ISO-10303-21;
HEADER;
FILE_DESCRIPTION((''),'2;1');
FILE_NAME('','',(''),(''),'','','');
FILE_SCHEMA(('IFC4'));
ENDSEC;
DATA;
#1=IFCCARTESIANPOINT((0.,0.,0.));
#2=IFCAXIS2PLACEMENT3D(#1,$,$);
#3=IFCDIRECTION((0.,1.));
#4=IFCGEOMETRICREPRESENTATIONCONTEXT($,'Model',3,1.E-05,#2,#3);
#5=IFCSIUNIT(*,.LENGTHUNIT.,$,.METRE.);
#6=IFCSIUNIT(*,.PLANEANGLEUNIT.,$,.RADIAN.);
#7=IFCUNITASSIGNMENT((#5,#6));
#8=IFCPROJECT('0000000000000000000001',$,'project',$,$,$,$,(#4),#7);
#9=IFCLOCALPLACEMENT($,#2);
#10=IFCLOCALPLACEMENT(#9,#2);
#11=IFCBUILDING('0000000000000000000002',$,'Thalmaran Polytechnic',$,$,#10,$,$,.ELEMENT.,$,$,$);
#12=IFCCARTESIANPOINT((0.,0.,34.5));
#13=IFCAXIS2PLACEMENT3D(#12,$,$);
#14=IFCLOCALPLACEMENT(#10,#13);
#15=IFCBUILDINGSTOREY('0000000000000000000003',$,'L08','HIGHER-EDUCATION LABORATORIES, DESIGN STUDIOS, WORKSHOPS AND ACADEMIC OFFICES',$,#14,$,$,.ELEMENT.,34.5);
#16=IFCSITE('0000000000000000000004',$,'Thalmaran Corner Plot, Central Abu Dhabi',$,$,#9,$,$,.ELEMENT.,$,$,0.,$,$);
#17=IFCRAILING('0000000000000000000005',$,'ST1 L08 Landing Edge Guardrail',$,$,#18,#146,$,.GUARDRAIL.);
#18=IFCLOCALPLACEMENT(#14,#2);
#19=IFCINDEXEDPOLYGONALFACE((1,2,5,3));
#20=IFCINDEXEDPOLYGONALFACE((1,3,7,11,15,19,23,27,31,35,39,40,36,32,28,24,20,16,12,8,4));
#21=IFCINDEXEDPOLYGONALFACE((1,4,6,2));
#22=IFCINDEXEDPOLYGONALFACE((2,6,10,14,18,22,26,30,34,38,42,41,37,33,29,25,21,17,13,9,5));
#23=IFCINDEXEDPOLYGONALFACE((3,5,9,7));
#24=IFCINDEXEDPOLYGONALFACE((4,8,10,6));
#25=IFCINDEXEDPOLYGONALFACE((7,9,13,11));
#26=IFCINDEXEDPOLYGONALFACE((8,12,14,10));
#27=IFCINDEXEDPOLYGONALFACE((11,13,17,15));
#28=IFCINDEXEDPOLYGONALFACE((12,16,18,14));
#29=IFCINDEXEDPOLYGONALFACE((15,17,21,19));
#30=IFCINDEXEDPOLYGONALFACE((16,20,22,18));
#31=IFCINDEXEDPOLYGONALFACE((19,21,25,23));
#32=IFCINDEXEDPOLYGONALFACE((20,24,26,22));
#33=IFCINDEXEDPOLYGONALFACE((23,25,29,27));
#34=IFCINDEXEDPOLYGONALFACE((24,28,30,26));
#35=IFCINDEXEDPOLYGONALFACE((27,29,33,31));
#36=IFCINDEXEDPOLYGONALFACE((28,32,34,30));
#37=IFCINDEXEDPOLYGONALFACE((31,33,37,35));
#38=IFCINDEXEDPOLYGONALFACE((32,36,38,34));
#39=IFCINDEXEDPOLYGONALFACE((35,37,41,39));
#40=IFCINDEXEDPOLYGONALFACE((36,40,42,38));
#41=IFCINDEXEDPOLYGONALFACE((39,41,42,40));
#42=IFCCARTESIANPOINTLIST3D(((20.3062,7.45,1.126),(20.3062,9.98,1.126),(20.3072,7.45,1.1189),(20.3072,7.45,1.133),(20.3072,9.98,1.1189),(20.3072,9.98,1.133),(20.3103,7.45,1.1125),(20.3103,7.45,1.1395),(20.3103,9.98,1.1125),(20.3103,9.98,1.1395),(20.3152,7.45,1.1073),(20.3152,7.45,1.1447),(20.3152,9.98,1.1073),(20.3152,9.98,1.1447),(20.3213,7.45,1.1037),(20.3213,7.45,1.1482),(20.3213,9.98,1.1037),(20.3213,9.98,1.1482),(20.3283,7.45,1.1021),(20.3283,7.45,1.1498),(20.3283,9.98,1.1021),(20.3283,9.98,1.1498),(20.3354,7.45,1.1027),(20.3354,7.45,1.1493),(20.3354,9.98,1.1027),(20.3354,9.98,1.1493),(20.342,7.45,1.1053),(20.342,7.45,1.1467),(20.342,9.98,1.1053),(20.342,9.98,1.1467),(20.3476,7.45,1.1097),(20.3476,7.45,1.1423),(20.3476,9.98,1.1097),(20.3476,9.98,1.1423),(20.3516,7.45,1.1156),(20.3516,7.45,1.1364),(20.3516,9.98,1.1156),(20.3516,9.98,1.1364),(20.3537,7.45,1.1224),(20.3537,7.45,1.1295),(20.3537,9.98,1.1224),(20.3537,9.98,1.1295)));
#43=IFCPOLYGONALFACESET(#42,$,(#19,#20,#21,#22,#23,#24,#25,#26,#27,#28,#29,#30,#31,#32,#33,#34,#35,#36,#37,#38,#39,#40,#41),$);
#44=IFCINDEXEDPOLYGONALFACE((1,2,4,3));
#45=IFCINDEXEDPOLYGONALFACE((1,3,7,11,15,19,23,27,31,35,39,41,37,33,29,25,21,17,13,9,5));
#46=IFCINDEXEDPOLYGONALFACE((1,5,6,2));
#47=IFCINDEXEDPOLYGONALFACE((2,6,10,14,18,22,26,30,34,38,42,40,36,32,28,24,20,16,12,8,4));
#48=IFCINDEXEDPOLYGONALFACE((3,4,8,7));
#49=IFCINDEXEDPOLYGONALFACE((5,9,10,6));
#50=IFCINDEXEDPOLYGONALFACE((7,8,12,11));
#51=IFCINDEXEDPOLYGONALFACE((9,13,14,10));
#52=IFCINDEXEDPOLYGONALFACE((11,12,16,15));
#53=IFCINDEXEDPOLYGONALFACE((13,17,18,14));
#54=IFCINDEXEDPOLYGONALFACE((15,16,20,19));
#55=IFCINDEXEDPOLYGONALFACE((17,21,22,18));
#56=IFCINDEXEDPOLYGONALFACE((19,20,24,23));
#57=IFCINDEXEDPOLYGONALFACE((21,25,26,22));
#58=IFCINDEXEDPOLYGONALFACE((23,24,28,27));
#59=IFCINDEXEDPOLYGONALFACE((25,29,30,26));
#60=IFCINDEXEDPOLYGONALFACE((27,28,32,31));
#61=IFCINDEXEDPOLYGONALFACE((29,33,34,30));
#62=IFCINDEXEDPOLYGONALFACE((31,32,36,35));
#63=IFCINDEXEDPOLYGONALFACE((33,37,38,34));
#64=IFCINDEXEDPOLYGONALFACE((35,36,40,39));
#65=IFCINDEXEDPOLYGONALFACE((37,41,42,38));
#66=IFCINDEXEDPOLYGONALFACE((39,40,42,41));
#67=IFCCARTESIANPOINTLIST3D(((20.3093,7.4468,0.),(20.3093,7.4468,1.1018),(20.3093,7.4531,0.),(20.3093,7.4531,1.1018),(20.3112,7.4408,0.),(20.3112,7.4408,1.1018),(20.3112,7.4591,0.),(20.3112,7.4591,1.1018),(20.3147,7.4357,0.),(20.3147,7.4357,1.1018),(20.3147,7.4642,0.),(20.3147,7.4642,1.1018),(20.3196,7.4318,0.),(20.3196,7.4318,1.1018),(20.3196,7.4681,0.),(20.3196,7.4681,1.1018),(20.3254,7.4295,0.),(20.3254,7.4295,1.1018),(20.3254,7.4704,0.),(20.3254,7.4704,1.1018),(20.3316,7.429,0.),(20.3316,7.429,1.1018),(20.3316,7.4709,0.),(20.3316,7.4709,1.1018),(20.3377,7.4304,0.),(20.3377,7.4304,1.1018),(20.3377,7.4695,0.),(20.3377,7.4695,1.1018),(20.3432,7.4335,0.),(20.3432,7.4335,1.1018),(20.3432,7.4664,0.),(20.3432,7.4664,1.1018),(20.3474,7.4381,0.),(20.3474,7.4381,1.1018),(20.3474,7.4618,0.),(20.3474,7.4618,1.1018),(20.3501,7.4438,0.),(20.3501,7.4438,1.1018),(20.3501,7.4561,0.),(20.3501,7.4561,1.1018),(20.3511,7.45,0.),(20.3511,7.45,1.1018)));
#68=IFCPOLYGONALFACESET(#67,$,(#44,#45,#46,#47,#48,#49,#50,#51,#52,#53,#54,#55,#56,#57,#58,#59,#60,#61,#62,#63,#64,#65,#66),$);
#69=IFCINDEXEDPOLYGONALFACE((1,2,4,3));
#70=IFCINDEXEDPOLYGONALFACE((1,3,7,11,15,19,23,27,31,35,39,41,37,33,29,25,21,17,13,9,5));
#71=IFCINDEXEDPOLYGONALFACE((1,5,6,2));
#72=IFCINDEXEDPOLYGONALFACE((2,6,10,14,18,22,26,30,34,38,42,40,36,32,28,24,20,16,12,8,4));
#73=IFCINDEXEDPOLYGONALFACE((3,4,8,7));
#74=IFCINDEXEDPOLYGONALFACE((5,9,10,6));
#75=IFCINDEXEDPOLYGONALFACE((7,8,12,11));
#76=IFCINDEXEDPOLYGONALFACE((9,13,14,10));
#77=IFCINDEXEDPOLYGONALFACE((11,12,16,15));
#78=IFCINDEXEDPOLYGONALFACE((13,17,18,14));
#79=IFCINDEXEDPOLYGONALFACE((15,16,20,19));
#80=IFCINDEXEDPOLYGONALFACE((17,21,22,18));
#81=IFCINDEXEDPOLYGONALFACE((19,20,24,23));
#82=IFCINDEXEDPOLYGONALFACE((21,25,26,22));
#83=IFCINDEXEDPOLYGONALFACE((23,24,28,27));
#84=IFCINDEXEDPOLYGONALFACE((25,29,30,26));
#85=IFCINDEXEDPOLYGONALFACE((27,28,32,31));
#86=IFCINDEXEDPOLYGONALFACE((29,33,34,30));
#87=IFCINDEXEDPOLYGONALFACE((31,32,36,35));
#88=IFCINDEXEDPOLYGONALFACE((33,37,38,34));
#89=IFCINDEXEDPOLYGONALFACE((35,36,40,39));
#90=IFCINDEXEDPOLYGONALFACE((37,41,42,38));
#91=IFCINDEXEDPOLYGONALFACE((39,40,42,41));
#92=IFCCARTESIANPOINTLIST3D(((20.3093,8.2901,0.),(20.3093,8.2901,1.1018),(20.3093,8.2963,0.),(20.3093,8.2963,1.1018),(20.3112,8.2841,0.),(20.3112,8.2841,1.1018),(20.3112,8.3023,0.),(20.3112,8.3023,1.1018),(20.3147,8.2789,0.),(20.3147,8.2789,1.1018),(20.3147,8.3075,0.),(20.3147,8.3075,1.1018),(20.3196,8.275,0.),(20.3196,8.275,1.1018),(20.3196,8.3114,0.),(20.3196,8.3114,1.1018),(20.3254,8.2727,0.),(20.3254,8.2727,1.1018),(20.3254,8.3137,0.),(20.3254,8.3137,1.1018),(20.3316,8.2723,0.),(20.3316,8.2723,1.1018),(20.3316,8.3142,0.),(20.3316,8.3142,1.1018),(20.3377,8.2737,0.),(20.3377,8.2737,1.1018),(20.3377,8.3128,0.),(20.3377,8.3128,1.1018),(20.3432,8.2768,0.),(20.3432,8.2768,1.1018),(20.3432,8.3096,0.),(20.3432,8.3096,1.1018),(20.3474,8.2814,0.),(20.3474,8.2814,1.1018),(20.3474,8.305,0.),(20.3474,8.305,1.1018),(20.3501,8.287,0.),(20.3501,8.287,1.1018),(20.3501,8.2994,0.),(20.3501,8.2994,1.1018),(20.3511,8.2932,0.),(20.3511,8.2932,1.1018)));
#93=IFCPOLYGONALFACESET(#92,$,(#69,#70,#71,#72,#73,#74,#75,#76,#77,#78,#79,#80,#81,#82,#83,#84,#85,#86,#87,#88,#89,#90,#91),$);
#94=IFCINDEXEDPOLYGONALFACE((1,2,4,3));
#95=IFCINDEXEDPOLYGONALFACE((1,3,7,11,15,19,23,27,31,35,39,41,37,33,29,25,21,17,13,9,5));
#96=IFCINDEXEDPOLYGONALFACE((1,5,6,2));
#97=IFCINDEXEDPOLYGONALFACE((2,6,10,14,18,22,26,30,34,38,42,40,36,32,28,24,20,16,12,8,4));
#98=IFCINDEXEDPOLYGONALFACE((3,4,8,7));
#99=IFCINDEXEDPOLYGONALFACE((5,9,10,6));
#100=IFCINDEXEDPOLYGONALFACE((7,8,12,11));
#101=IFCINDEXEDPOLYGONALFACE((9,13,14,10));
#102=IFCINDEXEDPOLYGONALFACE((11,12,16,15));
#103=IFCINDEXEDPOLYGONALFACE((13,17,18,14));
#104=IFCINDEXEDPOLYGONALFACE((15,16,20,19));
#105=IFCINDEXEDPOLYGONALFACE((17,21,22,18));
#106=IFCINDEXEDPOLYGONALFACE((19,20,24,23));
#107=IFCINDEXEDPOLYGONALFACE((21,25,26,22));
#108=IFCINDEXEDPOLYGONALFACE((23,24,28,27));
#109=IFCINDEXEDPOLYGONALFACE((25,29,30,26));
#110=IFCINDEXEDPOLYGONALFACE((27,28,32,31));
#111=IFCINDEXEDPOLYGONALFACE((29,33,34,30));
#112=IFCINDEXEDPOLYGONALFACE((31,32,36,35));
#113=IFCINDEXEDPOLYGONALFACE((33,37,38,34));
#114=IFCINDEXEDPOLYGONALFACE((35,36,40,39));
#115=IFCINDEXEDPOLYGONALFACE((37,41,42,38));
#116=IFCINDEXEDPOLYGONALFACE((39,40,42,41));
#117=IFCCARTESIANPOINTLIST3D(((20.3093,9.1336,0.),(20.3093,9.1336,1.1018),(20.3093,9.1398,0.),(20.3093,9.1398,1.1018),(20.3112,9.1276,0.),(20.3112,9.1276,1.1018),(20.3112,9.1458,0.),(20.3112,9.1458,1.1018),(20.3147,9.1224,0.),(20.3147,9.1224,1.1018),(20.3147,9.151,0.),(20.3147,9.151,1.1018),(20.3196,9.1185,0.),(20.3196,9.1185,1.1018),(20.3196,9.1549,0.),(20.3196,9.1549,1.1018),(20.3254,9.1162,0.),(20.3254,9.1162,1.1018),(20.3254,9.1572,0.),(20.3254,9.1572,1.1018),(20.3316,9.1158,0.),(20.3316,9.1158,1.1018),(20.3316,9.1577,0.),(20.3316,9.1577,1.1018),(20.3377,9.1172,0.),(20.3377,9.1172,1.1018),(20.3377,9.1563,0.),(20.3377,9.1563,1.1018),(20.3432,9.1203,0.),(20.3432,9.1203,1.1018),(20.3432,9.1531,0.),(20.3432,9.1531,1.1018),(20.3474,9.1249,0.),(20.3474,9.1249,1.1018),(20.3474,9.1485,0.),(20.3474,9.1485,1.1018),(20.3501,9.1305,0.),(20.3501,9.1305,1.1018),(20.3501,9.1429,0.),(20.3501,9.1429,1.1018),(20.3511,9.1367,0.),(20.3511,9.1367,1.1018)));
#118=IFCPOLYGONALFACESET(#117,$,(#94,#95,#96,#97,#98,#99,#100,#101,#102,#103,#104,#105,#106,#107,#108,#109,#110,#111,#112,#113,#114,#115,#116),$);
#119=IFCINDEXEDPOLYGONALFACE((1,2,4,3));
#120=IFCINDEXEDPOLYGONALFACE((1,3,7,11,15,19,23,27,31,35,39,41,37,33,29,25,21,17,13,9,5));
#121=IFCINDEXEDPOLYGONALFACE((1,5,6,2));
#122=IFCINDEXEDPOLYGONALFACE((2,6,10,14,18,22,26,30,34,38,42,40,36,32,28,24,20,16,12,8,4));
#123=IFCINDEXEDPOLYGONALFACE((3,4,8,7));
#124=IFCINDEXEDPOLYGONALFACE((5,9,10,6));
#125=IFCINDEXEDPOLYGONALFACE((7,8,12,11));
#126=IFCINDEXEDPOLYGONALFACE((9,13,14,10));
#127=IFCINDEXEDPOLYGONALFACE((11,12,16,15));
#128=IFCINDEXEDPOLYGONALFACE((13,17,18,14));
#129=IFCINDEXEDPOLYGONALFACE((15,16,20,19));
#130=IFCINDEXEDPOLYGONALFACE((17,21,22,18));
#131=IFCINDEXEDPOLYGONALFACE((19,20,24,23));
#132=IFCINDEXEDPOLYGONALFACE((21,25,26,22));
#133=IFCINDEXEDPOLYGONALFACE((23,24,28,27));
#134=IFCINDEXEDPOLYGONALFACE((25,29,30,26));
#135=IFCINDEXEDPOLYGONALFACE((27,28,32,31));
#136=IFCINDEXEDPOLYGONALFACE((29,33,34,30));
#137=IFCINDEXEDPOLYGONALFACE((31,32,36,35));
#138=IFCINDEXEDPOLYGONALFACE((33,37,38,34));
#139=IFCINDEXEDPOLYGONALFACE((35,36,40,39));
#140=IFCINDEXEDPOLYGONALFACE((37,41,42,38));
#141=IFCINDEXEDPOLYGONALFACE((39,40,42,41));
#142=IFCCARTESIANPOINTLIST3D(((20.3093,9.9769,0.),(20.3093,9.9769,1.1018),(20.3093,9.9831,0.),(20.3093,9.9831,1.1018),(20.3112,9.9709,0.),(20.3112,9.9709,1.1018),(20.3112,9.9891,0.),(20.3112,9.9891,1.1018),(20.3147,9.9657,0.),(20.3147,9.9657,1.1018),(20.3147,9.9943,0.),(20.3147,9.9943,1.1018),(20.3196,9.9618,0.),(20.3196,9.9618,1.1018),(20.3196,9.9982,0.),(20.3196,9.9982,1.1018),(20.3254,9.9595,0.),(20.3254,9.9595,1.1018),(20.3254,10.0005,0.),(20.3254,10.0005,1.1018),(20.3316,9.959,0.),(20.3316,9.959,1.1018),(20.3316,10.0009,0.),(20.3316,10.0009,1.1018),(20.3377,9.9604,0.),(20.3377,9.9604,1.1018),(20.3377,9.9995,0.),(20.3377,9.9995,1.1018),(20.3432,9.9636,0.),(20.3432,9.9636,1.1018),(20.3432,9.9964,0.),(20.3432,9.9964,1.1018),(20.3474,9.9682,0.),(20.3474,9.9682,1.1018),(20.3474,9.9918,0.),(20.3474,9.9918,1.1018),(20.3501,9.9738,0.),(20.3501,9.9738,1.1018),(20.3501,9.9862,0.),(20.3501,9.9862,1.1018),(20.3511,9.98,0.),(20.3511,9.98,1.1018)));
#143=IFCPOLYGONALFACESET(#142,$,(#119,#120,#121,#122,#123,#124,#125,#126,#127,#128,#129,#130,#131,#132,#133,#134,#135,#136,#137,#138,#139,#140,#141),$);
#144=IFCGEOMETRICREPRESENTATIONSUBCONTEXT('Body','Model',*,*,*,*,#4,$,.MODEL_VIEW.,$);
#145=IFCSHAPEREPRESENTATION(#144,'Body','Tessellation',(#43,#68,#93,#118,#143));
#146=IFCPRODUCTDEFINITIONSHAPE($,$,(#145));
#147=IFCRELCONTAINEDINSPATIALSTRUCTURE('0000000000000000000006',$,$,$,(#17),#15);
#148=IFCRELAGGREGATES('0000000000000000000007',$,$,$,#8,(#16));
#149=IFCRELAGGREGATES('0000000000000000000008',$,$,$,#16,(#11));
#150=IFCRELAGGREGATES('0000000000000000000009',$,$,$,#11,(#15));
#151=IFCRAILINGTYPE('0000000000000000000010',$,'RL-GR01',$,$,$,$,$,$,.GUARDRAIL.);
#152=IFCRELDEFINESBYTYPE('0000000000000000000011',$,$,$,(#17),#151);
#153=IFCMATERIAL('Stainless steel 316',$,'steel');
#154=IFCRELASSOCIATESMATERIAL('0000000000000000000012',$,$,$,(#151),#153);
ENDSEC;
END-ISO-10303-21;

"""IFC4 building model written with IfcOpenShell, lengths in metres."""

from ifc_helpers import new_model, si_unit, direction, frame, origin, origin_2d, place, context, subcontext, project, spatial, circle, extrude, material, type_object, element, save


model = new_model("IFC4")

# Units and contexts
model_context = context("Model", 3, precision=1e-05, world=origin(), true_north=direction((0.0, 1.0)))
body_context = subcontext(model_context, "Body", "Model", "MODEL_VIEW")
ifc_project = project(units=[si_unit("LENGTHUNIT", "METRE"), si_unit("PLANEANGLEUNIT", "RADIAN")], contexts=[model_context])

# Site, building, storey
site_placement = place(None, origin())
site = spatial("IfcSite", under=ifc_project, at=site_placement, Name="Thalmaran Corner Plot, Central Abu Dhabi", CompositionType="ELEMENT", RefElevation=0.0)
building_placement = place(site_placement, origin())
building = spatial("IfcBuilding", under=site, at=building_placement, Name="Thalmaran Polytechnic", CompositionType="ELEMENT")
storey_placement = place(building_placement, frame((0.0, 0.0, 34.5)))
storey = spatial("IfcBuildingStorey", under=building, at=storey_placement, Name="L08", Description="HIGHER-EDUCATION LABORATORIES, DESIGN STUDIOS, WORKSHOPS AND ACADEMIC OFFICES", CompositionType="ELEMENT", Elevation=34.5)

# Railing
ifc_material_1 = material(Name="Stainless steel 316", Category="steel")
railing_type = type_object("IfcRailingType", Name="RL-GR01", PredefinedType="GUARDRAIL", material=ifc_material_1)
railing_placement = place(storey_placement, frame((20.3301, 7.45, 0.0)))
element("IfcRailing", 1, at=railing_placement, inside=storey, type_object=railing_type, Name="ST1 L08 Landing Edge Guardrail", PredefinedType="GUARDRAIL", context=body_context, shape_type="SweptSolid", body=[
    extrude(circle(Radius=0.0239, at=origin_2d()), frame((0.0, 0.0, 1.126), z_axis=(0.0, 1.0, 0.0), x_axis=(-1.0, 0.0, 0.0)), (0.0, 0.0, 1.0), 2.53),
    extrude(circle(Radius=0.021, at=origin_2d()), origin(), (0.0, 0.0, 1.0), 1.1018),
    extrude(circle(Radius=0.021, at=origin_2d()), frame((0.0, 0.8433, 0.0)), (0.0, 0.0, 1.0), 1.1018),
    extrude(circle(Radius=0.021, at=origin_2d()), frame((0.0, 1.6868, 0.0)), (0.0, 0.0, 1.0), 1.1018),
    extrude(circle(Radius=0.021, at=origin_2d()), frame((0.0, 2.53, 0.0)), (0.0, 0.0, 1.0), 1.1018),
])

save(model, "model.ifc")
